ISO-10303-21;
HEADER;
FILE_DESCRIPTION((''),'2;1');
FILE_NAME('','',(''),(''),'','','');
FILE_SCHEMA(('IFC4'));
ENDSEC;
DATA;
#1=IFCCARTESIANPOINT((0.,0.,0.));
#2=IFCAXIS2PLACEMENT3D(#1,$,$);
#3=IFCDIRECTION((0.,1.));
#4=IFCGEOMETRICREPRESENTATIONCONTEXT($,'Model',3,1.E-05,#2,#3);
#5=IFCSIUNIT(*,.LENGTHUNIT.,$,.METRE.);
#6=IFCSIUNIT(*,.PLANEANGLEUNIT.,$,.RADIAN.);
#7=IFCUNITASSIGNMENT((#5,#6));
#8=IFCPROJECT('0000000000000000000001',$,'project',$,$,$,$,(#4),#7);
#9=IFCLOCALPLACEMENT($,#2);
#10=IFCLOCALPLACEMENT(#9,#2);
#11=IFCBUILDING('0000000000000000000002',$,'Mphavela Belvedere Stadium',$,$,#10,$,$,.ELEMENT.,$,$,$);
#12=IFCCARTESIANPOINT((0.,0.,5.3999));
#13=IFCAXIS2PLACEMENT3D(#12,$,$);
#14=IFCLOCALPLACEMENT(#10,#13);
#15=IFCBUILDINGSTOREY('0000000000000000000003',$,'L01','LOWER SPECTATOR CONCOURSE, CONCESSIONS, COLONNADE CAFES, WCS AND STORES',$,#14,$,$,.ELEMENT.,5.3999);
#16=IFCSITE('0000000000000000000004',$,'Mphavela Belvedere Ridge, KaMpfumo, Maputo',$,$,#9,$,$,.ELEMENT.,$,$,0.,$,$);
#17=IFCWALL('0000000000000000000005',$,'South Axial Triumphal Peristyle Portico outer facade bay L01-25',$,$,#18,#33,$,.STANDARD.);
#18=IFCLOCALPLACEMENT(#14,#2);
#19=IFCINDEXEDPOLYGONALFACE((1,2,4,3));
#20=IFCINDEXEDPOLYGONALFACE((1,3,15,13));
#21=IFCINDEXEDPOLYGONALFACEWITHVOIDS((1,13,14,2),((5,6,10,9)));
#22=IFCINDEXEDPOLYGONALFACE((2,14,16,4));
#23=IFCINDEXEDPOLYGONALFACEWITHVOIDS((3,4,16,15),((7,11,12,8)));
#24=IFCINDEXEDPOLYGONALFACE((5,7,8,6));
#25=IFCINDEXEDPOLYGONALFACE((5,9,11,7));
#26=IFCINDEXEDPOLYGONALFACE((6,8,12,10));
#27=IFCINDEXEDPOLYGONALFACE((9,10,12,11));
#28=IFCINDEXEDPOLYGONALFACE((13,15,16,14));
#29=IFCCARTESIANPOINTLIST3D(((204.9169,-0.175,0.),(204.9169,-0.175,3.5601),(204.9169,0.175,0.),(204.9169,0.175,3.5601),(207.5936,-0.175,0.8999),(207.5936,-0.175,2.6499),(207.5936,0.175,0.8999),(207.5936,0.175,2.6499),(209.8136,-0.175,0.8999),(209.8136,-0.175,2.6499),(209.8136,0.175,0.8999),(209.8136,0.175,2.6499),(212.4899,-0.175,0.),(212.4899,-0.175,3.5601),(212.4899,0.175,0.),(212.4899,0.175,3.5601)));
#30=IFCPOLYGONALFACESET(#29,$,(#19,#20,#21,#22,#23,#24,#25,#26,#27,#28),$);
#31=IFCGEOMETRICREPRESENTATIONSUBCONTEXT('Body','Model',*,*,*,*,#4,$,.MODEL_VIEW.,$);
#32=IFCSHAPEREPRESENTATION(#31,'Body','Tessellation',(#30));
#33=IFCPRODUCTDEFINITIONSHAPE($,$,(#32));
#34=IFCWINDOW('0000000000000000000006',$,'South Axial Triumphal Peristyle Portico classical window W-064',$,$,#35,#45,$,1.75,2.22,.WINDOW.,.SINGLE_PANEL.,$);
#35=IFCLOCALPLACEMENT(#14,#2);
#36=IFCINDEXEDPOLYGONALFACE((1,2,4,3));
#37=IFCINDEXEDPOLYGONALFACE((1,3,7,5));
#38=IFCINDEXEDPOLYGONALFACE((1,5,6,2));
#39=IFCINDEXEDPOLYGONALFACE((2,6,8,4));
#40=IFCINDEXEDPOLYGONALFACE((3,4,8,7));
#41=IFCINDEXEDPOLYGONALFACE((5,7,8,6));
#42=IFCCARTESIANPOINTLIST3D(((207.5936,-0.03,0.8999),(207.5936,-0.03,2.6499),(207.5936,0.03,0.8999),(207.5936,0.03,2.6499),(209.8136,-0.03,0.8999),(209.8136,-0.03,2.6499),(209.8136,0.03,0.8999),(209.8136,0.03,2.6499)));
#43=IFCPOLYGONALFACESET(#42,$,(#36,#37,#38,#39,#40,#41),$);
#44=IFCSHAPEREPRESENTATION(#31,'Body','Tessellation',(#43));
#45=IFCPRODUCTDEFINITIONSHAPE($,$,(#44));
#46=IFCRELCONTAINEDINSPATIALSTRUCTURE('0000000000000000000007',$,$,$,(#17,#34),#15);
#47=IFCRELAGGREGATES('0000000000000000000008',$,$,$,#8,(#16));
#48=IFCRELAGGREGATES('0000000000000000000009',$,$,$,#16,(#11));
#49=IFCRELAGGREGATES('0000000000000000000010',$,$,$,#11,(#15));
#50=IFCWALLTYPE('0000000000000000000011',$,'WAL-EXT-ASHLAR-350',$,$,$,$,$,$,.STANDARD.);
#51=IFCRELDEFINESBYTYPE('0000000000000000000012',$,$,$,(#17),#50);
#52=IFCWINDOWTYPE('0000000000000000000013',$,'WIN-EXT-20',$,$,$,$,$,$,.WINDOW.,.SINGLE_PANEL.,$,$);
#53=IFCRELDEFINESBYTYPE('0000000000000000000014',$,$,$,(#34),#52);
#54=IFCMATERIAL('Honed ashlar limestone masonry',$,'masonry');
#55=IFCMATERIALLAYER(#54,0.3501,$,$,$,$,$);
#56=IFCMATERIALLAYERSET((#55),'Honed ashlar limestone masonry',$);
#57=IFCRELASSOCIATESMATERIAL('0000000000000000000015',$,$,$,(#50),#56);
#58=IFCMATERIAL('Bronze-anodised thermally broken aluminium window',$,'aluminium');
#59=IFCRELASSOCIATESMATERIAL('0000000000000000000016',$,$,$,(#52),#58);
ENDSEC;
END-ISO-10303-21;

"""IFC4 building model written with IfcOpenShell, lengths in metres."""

from ifc_helpers import new_model, si_unit, direction, frame, frame_2d, origin, place, context, subcontext, project, spatial, rectangle, extrude, material, layer, layer_set, type_object, element, fill, save


model = new_model("IFC4")

# Units and contexts
model_context = context("Model", 3, precision=1e-05, world=origin(), true_north=direction((0.0, 1.0)))
body_context = subcontext(model_context, "Body", "Model", "MODEL_VIEW")
ifc_project = project(units=[si_unit("LENGTHUNIT", "METRE"), si_unit("PLANEANGLEUNIT", "RADIAN")], contexts=[model_context])

# Site, building, storey
site_placement = place(None, origin())
site = spatial("IfcSite", under=ifc_project, at=site_placement, Name="Mphavela Belvedere Ridge, KaMpfumo, Maputo", CompositionType="ELEMENT", RefElevation=0.0)
building_placement = place(site_placement, origin())
building = spatial("IfcBuilding", under=site, at=building_placement, Name="Mphavela Belvedere Stadium", CompositionType="ELEMENT")
storey_placement = place(building_placement, frame((0.0, 0.0, 5.3999)))
storey = spatial("IfcBuildingStorey", under=building, at=storey_placement, Name="L01", Description="LOWER SPECTATOR CONCOURSE, CONCESSIONS, COLONNADE CAFES, WCS AND STORES", CompositionType="ELEMENT", Elevation=5.3999)

# Wall, opening, window
ifc_material_1 = material(Name="Honed ashlar limestone masonry", Category="masonry")
ifc_layer = layer(ifc_material_1, 0.3501)
ifc_layer_set = layer_set([ifc_layer], Name="Honed ashlar limestone masonry")
wall_type = type_object("IfcWallType", Name="WAL-EXT-ASHLAR-350", PredefinedType="STANDARD", material=ifc_layer_set)
wall_1_placement = place(storey_placement, frame((212.49, 0.0, 0.0), z_axis=(0.0, 0.0, 1.0), x_axis=(-1.0, 0.0, 0.0)))
wall_1 = element("IfcWall", 1, at=wall_1_placement, inside=storey, type_object=wall_type, Name="South Axial Triumphal Peristyle Portico outer facade bay L01-25", PredefinedType="STANDARD", context=body_context, shape_type="SweptSolid", body=[
    extrude(rectangle(XDim=7.573, YDim=0.3501, at=frame_2d((3.7866, 0.0))), origin(), (0.0, 0.0, 1.0), 3.5601),
])
opening_1_placement = place(wall_1_placement, frame((2.6765, 0.0, 0.8999)))
opening_1 = element("IfcOpeningElement", 2, at=opening_1_placement, cuts=wall_1, PredefinedType="OPENING", context=body_context, shape_type="SweptSolid", body=[
    extrude(rectangle(XDim=2.22, YDim=1.75, at=frame_2d((1.1099, 0.875))), frame((0.0, 0.1851, 0.0), z_axis=(0.0, -1.0, 0.0), x_axis=(1.0, 0.0, 0.0)), (0.0, 0.0, 1.0), 0.3701),
])
ifc_material_2 = material(Name="Bronze-anodised thermally broken aluminium window", Category="aluminium")
window_type_1 = type_object("IfcWindowType", Name="WIN-EXT-20", PartitioningType="SINGLE_PANEL", PredefinedType="WINDOW", material=ifc_material_2)
window_1_placement = place(opening_1_placement, origin())
window_1 = element("IfcWindow", 3, at=window_1_placement, inside=storey, type_object=window_type_1, Name="South Axial Triumphal Peristyle Portico classical window W-064", OverallHeight=1.75, OverallWidth=2.22, PartitioningType="SINGLE_PANEL", PredefinedType="WINDOW", context=body_context, shape_type="SweptSolid", body=[
    extrude(rectangle(XDim=2.22, YDim=1.75, at=frame_2d((1.1099, 0.875))), frame((0.0, 0.03, 0.0), z_axis=(0.0, -1.0, 0.0), x_axis=(1.0, 0.0, 0.0)), (0.0, 0.0, 1.0), 0.0601),
])
fill(opening_1, window_1)

save(model, "model.ifc")
